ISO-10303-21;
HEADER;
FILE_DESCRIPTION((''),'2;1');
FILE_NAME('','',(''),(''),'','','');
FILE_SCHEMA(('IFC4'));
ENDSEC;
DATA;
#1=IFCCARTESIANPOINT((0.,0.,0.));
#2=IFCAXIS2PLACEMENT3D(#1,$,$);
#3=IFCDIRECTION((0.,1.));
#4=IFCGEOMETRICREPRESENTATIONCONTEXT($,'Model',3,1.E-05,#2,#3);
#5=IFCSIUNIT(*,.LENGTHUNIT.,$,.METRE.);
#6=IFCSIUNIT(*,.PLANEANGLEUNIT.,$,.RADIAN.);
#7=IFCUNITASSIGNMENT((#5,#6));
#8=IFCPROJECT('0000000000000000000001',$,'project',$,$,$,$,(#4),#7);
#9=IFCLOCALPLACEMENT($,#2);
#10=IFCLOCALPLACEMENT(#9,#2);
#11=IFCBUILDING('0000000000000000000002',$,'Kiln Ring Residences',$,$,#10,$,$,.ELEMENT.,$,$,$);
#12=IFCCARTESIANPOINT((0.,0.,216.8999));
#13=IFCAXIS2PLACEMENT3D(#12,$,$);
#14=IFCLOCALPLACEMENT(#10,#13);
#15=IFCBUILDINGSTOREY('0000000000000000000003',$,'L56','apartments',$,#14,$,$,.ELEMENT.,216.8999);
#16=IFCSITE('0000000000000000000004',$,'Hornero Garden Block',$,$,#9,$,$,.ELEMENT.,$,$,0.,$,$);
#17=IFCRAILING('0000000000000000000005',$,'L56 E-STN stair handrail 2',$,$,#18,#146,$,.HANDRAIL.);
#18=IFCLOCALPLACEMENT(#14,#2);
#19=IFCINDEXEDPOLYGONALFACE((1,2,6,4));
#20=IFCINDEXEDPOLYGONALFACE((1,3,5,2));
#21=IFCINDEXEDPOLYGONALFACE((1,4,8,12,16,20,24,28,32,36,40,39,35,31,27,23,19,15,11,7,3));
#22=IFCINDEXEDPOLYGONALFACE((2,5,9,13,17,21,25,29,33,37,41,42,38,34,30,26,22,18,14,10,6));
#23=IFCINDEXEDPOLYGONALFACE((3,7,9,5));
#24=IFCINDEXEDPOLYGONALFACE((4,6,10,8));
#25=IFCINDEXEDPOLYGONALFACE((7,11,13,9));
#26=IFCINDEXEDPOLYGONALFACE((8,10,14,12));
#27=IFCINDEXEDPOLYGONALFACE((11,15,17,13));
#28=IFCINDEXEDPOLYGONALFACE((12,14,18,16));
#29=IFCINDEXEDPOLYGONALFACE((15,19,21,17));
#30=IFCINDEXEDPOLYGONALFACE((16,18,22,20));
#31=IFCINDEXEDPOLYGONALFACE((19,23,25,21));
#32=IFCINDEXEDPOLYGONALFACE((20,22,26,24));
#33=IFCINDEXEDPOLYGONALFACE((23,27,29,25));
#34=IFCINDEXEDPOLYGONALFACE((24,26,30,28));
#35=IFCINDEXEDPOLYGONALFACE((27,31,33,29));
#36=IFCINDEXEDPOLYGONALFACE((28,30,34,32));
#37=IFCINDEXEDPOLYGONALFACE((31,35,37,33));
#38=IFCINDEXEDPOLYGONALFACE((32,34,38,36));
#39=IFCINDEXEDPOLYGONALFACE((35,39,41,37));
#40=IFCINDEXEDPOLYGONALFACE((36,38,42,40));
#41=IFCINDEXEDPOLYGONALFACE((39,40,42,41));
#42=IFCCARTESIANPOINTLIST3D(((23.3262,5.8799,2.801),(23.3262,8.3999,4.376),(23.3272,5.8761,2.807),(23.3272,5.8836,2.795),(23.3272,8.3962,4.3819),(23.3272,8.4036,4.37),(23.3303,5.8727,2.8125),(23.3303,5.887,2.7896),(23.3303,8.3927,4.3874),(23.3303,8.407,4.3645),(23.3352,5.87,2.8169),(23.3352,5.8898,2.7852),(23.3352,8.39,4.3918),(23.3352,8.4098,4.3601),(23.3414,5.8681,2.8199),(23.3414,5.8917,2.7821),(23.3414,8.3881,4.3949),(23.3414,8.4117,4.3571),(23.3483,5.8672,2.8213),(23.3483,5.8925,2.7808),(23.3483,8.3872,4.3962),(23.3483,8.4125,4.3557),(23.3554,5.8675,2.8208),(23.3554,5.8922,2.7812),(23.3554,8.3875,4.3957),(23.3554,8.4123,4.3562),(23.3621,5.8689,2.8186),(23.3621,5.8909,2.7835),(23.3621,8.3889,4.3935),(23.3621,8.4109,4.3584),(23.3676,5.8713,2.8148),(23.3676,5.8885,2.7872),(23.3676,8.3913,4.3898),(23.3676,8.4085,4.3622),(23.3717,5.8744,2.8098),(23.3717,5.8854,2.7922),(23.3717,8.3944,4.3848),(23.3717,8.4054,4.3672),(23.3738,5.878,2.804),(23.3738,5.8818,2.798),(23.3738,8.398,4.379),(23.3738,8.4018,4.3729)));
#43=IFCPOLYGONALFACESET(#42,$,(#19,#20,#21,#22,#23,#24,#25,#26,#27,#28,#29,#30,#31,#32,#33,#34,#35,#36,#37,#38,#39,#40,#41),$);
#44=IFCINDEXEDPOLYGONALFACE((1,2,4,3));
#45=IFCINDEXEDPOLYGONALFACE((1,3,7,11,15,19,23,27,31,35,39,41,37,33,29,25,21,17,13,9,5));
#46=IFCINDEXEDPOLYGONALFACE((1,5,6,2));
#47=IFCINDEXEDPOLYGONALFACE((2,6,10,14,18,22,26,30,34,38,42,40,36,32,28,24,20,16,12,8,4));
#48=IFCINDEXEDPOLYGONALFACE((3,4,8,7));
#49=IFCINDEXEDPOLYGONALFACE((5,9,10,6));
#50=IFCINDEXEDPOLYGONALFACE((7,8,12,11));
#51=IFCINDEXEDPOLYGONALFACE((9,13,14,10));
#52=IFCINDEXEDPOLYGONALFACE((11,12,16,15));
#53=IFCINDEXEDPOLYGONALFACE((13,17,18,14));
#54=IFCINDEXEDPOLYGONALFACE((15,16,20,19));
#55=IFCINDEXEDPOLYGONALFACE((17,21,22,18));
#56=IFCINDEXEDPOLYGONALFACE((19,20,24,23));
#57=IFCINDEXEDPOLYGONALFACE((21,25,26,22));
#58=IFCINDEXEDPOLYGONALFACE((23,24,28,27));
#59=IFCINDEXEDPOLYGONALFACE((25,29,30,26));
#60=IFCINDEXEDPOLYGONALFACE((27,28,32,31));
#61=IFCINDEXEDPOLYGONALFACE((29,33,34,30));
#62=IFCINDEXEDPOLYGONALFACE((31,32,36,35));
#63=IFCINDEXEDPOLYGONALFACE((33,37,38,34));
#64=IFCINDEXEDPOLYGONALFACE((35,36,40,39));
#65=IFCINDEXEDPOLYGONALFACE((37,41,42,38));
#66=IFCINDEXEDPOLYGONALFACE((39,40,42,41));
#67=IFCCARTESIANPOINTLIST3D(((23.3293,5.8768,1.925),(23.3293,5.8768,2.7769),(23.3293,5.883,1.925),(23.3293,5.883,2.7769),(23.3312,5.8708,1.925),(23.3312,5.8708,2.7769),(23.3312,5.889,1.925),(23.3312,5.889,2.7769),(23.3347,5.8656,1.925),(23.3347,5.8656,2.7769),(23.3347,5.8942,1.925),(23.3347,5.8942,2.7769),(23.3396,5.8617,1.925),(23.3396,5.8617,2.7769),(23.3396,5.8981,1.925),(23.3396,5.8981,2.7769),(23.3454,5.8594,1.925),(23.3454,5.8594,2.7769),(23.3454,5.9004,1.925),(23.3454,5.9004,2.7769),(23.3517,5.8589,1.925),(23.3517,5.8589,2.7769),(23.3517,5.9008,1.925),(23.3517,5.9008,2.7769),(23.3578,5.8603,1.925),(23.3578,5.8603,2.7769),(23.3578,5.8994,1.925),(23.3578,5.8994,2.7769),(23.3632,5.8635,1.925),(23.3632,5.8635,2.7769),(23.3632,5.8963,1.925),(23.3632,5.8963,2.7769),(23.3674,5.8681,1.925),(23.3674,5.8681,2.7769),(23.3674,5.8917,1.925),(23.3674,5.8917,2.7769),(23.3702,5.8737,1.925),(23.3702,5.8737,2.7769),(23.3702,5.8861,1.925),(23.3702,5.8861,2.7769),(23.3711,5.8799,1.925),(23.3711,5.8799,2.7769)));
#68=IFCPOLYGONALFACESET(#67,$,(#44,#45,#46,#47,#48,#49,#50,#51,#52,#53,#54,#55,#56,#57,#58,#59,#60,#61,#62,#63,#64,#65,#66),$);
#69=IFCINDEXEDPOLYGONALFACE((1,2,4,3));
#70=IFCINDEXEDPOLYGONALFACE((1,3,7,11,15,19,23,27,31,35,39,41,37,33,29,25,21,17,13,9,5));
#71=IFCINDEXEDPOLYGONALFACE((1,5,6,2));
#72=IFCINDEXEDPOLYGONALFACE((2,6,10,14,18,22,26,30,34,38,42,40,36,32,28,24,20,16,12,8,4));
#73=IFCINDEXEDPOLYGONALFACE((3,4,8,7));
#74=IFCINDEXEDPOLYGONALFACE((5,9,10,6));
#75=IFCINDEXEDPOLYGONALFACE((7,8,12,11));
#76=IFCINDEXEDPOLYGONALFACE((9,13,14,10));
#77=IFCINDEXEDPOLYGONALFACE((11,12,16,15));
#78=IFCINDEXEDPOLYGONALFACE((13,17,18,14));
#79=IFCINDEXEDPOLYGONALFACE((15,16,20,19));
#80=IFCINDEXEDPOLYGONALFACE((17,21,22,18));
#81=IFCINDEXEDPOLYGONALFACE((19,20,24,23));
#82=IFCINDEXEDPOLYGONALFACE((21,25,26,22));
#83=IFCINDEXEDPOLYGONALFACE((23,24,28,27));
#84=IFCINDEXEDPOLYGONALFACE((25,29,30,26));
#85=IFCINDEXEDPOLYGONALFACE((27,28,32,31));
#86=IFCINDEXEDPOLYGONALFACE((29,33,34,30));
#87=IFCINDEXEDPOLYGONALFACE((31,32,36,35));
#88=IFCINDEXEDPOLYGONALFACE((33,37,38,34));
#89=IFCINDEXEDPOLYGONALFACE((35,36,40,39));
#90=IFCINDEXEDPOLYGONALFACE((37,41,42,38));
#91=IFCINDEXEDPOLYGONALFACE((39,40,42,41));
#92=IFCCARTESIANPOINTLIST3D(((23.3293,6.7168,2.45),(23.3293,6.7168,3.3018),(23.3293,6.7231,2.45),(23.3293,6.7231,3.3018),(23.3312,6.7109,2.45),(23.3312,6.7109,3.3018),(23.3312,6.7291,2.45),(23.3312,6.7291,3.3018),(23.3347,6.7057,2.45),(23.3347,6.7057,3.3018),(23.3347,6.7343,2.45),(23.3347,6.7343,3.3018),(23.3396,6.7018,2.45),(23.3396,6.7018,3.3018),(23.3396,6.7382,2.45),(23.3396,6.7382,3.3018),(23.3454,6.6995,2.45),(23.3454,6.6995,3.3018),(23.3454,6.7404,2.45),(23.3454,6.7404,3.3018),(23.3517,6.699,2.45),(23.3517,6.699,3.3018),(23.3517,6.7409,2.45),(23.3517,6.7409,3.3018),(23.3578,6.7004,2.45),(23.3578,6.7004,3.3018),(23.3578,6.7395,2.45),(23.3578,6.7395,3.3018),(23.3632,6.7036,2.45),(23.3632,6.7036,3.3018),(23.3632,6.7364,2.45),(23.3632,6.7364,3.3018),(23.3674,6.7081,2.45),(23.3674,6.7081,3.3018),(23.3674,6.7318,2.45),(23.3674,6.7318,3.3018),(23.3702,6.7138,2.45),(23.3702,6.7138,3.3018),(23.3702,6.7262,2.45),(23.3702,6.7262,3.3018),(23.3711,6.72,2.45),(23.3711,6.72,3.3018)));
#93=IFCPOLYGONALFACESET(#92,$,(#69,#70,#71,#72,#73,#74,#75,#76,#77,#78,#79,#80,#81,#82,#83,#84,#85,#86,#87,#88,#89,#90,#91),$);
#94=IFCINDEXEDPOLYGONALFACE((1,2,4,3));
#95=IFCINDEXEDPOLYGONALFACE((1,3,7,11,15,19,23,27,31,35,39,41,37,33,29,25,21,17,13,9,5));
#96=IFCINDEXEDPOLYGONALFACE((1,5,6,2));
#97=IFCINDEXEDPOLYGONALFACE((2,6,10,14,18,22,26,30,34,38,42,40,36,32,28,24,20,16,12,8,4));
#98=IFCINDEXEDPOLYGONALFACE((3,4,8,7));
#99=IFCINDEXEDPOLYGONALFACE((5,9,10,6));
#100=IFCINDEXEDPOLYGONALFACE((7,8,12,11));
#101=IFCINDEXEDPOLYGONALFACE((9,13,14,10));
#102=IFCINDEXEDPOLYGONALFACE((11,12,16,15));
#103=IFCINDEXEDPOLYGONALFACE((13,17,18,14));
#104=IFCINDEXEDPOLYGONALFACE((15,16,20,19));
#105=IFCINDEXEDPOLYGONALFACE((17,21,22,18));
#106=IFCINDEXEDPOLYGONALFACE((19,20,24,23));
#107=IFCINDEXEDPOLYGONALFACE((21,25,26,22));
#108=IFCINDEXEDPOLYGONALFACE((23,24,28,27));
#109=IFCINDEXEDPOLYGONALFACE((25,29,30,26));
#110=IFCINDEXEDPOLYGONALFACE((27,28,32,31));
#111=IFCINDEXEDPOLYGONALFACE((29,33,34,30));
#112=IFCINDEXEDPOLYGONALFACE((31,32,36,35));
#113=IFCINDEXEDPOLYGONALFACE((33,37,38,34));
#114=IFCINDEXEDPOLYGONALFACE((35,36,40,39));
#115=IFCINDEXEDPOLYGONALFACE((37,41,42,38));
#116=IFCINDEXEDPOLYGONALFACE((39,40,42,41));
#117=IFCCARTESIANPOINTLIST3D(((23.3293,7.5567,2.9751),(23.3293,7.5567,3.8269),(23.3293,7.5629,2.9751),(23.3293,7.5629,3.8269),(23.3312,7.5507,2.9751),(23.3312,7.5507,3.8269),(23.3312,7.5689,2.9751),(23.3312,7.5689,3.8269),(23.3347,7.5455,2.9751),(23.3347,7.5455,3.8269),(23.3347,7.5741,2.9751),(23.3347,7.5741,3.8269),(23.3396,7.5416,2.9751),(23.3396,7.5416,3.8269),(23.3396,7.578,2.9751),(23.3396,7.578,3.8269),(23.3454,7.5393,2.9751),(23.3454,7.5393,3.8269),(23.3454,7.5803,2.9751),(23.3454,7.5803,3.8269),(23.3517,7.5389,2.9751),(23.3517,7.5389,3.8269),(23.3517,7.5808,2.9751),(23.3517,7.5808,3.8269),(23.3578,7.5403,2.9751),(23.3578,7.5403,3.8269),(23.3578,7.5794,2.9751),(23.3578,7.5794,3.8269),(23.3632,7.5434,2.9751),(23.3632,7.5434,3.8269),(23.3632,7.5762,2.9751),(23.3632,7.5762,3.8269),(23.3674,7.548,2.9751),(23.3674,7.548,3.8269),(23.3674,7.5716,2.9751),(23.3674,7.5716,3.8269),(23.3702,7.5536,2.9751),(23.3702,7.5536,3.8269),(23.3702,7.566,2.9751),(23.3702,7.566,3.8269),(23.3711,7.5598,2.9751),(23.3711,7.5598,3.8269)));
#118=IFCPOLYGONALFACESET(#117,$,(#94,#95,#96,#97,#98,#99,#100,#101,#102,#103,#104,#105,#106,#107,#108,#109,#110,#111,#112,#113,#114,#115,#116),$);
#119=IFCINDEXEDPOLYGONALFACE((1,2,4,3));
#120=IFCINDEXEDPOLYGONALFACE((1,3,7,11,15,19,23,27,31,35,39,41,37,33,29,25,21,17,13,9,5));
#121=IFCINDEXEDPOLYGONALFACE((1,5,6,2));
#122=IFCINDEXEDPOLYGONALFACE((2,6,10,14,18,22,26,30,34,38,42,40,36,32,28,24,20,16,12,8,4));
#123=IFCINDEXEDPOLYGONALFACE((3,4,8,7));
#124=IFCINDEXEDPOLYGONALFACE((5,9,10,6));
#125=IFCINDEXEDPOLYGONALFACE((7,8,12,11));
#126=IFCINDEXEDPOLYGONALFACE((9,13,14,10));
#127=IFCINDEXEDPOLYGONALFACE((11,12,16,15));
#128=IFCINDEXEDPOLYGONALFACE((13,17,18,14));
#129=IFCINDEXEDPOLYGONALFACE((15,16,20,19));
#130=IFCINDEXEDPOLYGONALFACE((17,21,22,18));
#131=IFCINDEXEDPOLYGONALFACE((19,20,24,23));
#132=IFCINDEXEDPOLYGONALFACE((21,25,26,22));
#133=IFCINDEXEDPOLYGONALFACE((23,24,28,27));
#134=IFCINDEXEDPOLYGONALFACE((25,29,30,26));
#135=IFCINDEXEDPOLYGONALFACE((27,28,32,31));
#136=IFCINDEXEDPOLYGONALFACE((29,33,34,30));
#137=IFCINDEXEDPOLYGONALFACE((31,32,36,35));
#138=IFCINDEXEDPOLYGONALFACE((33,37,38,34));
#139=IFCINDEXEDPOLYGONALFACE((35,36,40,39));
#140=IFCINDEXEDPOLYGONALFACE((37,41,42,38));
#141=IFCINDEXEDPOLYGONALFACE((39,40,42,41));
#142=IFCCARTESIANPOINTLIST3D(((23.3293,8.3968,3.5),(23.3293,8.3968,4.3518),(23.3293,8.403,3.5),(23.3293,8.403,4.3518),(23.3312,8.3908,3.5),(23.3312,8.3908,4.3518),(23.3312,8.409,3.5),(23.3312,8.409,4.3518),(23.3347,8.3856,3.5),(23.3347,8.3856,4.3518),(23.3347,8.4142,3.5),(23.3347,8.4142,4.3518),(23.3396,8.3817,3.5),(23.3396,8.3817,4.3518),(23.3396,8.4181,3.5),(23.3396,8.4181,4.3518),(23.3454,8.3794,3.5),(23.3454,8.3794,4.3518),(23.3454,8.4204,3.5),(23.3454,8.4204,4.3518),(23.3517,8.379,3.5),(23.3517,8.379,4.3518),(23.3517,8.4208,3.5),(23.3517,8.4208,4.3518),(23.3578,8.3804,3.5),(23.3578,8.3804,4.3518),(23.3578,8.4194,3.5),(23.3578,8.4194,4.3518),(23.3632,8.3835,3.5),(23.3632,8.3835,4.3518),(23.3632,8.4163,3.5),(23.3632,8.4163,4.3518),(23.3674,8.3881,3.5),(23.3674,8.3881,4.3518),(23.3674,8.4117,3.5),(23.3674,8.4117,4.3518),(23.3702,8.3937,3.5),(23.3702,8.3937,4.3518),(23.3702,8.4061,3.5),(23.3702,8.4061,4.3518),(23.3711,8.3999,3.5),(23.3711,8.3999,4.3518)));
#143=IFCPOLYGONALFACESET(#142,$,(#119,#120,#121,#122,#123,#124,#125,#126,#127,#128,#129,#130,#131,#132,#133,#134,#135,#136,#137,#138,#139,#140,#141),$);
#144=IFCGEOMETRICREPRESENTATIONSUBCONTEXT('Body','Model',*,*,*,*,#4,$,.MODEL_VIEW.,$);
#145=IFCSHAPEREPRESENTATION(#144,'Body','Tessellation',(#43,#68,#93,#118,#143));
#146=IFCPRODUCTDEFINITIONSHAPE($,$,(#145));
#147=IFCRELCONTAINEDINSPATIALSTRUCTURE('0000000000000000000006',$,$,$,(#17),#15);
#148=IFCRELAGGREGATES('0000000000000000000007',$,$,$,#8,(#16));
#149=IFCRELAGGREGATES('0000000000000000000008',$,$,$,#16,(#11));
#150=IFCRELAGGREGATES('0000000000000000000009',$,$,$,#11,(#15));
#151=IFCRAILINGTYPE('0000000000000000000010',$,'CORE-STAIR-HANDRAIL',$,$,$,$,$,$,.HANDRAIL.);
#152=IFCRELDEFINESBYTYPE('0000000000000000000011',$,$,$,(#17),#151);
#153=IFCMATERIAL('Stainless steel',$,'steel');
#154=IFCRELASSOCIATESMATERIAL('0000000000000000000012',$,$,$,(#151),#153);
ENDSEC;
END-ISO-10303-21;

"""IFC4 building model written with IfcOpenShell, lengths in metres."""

from ifc_helpers import new_model, si_unit, direction, frame, origin, origin_2d, place, context, subcontext, project, spatial, circle, extrude, material, type_object, element, save


model = new_model("IFC4")

# Units and contexts
model_context = context("Model", 3, precision=1e-05, world=origin(), true_north=direction((0.0, 1.0)))
body_context = subcontext(model_context, "Body", "Model", "MODEL_VIEW")
ifc_project = project(units=[si_unit("LENGTHUNIT", "METRE"), si_unit("PLANEANGLEUNIT", "RADIAN")], contexts=[model_context])

# Site, building, storey
site_placement = place(None, origin())
site = spatial("IfcSite", under=ifc_project, at=site_placement, Name="Hornero Garden Block", CompositionType="ELEMENT", RefElevation=0.0)
building_placement = place(site_placement, origin())
building = spatial("IfcBuilding", under=site, at=building_placement, Name="Kiln Ring Residences", CompositionType="ELEMENT")
storey_placement = place(building_placement, frame((0.0, 0.0, 216.8999)))
storey = spatial("IfcBuildingStorey", under=building, at=storey_placement, Name="L56", Description="apartments", CompositionType="ELEMENT", Elevation=216.8999)

# Railing
ifc_material_1 = material(Name="Stainless steel", Category="steel")
railing_type_1 = type_object("IfcRailingType", Name="CORE-STAIR-HANDRAIL", PredefinedType="HANDRAIL", material=ifc_material_1)
railing_1_placement = place(storey_placement, frame((23.3501, 5.8799, 1.925)))
element("IfcRailing", 1, at=railing_1_placement, inside=storey, type_object=railing_type_1, Name="L56 E-STN stair handrail 2", PredefinedType="HANDRAIL", context=body_context, shape_type="SweptSolid", body=[
    extrude(circle(Radius=0.0239, at=origin_2d()), frame((0.0, 0.0, 0.876), z_axis=(0.0, 0.848008, 0.529984), x_axis=(-1.0, 0.0, 0.0)), (0.0, 0.0, 1.0), 2.9717),
    extrude(circle(Radius=0.021, at=origin_2d()), origin(), (0.0, 0.0, 1.0), 0.8518),
    extrude(circle(Radius=0.021, at=origin_2d()), frame((0.0, 0.8401, 0.5249)), (0.0, 0.0, 1.0), 0.8518),
    extrude(circle(Radius=0.021, at=origin_2d()), frame((0.0, 1.6799, 1.05)), (0.0, 0.0, 1.0), 0.8518),
    extrude(circle(Radius=0.021, at=origin_2d()), frame((0.0, 2.52, 1.575)), (0.0, 0.0, 1.0), 0.8518),
])

save(model, "model.ifc")
